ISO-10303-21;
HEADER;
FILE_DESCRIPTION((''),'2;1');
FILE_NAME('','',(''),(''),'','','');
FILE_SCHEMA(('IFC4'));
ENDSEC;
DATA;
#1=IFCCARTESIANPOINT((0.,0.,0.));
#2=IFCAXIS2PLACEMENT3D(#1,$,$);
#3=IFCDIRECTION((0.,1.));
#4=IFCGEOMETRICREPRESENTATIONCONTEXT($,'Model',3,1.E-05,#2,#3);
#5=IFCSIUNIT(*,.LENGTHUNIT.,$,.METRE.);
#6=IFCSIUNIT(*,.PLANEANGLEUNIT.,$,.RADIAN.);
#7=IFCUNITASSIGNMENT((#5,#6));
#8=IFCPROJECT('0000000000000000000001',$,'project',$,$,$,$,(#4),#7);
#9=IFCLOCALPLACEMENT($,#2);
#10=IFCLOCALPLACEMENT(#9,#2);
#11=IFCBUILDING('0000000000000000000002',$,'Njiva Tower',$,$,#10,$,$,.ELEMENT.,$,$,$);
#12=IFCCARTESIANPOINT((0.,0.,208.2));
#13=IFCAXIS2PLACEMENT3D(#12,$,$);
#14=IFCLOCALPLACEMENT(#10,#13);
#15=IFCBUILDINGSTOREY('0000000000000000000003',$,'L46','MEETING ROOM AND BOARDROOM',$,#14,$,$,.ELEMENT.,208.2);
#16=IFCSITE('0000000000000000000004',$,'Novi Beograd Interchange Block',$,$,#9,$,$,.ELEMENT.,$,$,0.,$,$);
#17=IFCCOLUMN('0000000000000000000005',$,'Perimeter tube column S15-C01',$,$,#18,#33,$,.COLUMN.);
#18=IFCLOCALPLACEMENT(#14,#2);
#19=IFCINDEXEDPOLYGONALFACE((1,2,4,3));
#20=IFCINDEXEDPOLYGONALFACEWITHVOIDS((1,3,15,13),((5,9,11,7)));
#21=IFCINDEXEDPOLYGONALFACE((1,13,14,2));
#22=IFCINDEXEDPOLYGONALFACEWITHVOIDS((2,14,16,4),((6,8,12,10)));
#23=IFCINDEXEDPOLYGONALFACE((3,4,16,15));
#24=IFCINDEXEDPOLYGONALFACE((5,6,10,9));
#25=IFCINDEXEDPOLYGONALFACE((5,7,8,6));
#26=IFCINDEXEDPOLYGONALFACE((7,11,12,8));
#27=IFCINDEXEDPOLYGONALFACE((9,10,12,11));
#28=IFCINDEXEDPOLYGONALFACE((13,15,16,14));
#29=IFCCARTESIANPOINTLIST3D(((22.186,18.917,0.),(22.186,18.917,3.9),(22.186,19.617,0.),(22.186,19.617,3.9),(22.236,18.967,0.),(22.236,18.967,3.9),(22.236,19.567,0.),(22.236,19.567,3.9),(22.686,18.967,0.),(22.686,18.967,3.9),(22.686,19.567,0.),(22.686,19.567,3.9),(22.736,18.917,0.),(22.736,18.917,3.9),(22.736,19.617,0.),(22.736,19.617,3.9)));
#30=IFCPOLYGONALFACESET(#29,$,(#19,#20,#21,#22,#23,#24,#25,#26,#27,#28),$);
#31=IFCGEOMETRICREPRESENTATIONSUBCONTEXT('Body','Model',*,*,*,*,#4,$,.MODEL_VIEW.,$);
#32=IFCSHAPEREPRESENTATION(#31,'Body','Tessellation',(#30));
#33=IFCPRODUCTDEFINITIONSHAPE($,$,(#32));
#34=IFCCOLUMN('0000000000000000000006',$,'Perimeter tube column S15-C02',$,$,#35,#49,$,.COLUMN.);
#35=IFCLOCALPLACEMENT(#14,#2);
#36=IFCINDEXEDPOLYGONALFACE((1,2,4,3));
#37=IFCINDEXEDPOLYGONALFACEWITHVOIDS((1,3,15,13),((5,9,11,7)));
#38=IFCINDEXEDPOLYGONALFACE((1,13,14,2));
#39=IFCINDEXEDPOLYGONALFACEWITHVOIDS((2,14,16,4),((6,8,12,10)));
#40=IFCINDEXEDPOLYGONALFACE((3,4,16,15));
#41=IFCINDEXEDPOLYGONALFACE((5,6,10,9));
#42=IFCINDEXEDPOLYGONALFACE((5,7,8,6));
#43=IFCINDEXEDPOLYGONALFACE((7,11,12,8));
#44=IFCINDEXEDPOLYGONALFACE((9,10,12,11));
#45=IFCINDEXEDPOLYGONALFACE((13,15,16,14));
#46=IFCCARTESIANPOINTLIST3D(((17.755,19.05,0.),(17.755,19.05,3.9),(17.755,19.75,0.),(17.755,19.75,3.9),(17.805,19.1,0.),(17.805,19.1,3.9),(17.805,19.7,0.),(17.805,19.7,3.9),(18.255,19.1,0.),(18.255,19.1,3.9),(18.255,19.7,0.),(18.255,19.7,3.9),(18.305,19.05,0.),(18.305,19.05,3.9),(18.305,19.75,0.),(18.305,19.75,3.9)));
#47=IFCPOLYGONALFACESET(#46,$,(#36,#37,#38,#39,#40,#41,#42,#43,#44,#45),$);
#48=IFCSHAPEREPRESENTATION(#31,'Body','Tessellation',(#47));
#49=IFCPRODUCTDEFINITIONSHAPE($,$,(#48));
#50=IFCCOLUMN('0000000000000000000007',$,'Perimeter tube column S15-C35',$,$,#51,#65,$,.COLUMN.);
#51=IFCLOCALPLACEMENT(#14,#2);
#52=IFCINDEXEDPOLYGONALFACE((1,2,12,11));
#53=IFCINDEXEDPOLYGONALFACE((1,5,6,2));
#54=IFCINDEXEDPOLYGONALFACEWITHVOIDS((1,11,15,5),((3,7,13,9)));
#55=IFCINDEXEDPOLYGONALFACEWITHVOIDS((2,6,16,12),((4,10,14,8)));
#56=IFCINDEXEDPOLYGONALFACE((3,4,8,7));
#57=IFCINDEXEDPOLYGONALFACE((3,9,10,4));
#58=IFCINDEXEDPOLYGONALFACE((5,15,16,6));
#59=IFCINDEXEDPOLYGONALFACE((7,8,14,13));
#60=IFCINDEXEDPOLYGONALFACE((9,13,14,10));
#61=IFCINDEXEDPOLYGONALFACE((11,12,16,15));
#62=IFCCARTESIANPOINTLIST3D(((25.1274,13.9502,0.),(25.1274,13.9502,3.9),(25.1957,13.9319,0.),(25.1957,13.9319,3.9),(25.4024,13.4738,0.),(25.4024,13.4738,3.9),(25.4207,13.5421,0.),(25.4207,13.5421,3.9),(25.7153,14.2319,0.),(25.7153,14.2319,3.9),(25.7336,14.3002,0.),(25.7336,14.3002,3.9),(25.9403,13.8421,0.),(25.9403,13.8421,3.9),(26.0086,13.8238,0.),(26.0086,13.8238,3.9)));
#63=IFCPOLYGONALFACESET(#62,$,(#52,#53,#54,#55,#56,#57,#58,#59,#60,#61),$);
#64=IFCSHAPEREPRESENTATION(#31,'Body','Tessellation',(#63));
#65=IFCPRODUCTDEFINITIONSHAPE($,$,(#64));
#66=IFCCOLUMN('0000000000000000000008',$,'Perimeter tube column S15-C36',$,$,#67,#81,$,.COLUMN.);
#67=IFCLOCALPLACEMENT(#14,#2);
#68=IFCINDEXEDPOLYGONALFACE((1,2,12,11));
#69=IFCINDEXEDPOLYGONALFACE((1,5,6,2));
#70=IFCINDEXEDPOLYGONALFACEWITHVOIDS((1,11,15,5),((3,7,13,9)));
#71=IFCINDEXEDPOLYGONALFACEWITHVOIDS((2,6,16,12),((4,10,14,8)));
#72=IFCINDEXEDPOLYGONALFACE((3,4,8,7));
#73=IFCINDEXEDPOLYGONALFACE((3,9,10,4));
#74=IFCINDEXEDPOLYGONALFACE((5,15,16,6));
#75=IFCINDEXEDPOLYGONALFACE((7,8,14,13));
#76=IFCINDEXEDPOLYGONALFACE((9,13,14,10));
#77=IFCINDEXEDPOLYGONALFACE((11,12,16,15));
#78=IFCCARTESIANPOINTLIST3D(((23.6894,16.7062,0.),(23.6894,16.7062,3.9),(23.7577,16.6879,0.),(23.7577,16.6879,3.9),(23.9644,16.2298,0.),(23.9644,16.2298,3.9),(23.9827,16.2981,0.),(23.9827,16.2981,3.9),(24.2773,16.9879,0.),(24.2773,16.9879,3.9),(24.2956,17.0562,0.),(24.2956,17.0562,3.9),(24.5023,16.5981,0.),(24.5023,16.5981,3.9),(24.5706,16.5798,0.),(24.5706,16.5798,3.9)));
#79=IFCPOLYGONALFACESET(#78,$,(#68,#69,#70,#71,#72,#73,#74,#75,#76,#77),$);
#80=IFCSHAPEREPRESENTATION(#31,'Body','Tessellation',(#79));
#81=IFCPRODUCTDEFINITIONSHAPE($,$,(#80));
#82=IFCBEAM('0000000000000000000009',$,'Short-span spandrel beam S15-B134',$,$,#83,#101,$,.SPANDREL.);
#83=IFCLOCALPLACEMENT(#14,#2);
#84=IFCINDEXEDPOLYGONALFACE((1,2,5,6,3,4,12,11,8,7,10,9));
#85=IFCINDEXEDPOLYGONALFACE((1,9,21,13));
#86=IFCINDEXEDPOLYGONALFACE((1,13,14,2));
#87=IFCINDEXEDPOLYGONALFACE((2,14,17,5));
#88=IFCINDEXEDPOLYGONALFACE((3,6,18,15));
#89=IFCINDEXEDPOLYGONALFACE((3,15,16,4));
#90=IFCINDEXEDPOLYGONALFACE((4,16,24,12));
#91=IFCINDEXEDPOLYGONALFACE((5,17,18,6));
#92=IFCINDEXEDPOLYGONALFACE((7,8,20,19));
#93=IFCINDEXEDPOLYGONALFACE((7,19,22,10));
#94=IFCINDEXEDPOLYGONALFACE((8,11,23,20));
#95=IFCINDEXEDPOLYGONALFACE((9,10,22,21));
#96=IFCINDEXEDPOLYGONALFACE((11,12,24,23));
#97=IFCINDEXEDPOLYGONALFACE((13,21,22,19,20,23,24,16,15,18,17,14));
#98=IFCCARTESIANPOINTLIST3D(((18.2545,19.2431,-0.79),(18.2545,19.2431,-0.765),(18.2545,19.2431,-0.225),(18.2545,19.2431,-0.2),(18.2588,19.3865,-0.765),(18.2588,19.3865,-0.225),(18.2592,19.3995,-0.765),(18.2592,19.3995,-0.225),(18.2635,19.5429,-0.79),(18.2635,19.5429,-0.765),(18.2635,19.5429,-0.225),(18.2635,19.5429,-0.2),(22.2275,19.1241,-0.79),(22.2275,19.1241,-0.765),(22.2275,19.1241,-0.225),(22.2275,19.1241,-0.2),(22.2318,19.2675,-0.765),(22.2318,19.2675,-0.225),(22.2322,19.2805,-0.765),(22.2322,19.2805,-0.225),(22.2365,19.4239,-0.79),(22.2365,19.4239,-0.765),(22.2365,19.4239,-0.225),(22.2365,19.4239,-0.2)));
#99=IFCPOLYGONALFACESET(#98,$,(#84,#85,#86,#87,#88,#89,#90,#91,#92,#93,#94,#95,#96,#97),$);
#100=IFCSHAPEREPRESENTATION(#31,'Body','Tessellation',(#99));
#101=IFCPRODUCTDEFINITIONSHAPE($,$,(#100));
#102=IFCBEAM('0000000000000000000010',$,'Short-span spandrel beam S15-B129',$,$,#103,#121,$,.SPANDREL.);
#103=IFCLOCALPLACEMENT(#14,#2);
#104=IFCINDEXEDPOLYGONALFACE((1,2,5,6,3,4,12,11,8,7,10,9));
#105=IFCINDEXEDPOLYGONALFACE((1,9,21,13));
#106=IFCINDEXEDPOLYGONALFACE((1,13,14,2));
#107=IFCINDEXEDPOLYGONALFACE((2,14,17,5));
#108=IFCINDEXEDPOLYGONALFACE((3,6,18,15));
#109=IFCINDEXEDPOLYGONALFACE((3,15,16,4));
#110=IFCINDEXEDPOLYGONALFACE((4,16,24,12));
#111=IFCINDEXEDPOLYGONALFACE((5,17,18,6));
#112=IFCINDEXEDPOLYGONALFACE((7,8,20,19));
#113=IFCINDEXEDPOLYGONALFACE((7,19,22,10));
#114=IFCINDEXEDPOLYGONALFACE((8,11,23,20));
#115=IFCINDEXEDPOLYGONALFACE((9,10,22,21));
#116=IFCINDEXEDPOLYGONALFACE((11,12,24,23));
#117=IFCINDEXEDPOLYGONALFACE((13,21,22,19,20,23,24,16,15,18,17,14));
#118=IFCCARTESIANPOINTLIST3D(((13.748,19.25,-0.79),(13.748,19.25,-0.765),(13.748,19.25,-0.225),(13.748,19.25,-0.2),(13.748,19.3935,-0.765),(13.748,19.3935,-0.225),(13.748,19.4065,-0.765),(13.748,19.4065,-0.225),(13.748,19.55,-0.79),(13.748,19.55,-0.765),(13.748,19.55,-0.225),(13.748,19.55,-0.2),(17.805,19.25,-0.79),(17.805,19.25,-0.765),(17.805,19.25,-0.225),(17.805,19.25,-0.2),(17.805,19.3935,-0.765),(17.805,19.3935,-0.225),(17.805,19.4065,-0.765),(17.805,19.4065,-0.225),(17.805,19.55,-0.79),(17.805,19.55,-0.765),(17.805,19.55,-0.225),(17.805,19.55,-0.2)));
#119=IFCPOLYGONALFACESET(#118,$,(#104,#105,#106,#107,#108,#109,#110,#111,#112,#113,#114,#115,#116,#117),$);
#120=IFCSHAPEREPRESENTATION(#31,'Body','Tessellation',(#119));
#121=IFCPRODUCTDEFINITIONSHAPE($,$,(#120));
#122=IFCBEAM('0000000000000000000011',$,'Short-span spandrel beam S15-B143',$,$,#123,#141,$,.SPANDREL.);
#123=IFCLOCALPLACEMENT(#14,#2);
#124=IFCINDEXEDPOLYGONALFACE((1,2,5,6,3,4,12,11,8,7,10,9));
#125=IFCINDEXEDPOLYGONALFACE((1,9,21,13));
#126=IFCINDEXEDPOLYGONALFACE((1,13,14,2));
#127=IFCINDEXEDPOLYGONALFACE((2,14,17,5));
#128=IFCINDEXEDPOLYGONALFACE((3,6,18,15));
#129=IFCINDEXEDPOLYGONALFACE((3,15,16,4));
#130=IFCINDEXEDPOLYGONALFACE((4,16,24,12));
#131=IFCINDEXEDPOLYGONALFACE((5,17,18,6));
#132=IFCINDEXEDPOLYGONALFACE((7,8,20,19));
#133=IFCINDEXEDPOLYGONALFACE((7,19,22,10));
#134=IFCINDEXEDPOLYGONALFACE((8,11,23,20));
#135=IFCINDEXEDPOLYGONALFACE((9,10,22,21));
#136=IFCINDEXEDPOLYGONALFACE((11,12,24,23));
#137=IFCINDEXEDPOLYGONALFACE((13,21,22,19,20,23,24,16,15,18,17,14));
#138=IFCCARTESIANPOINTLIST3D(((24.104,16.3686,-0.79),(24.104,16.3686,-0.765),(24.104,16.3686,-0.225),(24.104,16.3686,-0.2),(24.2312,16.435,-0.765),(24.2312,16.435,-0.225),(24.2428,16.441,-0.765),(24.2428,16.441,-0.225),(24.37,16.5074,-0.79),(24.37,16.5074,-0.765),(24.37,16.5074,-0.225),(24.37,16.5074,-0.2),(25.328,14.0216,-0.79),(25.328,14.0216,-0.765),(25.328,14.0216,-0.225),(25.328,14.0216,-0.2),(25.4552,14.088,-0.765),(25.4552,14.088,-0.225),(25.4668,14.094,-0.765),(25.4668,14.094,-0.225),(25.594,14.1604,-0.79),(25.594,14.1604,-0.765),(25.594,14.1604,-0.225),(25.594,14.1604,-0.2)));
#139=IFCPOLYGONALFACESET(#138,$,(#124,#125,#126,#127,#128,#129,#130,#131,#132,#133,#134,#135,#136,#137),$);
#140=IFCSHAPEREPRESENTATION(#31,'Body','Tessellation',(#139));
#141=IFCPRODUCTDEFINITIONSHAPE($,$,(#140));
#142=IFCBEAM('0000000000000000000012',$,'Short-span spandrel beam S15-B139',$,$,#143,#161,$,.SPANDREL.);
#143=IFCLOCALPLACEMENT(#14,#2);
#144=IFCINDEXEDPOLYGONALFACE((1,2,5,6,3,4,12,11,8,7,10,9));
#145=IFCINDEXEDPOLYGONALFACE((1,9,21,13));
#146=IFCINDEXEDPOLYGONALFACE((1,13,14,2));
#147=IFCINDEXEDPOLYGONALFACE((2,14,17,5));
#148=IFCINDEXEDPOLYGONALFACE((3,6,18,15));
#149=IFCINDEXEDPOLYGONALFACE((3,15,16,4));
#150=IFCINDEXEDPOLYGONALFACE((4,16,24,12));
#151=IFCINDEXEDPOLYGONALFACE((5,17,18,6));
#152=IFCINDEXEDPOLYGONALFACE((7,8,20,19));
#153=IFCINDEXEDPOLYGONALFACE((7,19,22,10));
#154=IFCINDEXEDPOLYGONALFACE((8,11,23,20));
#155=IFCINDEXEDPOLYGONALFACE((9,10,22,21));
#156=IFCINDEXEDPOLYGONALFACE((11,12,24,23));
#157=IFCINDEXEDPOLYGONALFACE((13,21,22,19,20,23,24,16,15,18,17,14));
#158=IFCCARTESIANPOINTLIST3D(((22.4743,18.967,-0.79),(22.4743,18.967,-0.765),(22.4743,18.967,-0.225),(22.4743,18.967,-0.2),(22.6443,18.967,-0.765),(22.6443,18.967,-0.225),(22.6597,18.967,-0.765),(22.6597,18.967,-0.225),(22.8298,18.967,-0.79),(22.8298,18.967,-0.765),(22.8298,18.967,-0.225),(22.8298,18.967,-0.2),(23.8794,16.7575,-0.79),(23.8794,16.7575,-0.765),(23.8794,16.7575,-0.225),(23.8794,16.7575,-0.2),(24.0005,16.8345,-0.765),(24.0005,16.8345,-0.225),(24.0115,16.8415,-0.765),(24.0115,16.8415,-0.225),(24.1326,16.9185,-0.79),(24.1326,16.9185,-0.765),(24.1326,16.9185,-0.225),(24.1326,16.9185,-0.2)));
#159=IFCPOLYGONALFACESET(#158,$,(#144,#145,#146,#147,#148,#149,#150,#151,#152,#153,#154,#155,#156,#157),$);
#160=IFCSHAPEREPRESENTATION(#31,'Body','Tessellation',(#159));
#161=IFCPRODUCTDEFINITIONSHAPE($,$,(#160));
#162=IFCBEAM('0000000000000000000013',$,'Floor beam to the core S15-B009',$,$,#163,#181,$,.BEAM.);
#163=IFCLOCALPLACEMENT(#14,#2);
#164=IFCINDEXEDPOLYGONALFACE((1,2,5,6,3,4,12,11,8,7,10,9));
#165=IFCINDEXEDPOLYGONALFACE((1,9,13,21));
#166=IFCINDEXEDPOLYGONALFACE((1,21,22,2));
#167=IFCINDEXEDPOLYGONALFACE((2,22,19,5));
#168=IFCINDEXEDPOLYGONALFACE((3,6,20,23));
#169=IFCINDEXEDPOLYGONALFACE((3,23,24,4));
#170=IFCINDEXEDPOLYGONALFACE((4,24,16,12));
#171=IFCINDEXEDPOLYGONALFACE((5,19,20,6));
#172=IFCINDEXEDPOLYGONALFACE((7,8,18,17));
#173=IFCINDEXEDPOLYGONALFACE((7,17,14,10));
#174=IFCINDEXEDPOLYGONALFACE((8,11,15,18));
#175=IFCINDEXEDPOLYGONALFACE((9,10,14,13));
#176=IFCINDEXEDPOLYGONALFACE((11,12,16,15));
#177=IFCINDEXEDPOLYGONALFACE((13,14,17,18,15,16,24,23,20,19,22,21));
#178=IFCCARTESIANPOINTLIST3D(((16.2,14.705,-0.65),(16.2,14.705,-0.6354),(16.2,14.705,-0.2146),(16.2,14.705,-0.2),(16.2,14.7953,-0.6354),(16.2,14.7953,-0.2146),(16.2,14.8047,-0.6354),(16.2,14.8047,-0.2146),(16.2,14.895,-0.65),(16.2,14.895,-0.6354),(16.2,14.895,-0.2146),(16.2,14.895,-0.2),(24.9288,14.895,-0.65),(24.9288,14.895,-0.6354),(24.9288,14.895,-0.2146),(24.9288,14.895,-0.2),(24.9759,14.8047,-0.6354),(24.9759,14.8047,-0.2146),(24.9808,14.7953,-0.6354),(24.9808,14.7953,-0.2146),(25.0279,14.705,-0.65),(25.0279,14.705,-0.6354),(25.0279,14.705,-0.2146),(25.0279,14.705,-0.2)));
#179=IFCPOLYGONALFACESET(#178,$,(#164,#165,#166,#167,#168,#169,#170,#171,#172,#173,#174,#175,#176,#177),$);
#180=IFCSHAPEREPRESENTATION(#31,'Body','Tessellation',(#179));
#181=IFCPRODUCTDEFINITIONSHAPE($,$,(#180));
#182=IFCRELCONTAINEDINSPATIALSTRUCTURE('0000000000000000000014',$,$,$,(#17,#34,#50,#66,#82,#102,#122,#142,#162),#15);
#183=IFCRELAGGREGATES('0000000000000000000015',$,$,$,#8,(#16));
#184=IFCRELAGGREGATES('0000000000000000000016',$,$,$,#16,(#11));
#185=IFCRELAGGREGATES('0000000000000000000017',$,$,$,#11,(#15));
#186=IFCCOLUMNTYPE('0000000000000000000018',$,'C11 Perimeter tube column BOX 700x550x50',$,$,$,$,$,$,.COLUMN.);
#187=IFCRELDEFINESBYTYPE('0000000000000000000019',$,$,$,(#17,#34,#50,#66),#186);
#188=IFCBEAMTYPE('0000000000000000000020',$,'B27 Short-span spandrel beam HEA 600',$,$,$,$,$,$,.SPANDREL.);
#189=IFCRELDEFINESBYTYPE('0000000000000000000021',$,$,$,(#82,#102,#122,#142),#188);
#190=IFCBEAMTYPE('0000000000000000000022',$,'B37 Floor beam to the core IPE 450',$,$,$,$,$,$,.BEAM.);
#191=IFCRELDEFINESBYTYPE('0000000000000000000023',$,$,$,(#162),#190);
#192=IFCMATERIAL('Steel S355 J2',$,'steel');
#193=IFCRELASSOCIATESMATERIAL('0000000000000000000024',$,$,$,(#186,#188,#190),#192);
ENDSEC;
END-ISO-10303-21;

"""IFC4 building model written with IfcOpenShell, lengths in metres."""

from ifc_helpers import new_model, si_unit, direction, frame, origin, origin_2d, place, context, subcontext, project, spatial, hollow_rectangle, i_section, extrude, clip, halfspace, material, material_profile, profile_set, type_object, element, save


model = new_model("IFC4")

# Units and contexts
model_context = context("Model", 3, precision=1e-05, world=origin(), true_north=direction((0.0, 1.0)))
body_context = subcontext(model_context, "Body", "Model", "MODEL_VIEW")
ifc_project = project(units=[si_unit("LENGTHUNIT", "METRE"), si_unit("PLANEANGLEUNIT", "RADIAN")], contexts=[model_context])

# Site, building, storey
site_placement = place(None, origin())
site = spatial("IfcSite", under=ifc_project, at=site_placement, Name="Novi Beograd Interchange Block", CompositionType="ELEMENT", RefElevation=0.0)
building_placement = place(site_placement, origin())
building = spatial("IfcBuilding", under=site, at=building_placement, Name="Njiva Tower", CompositionType="ELEMENT")
storey_placement = place(building_placement, frame((0.0, 0.0, 208.2)))
storey = spatial("IfcBuildingStorey", under=building, at=storey_placement, Name="L46", Description="MEETING ROOM AND BOARDROOM", CompositionType="ELEMENT", Elevation=208.2)

# Columns
ifc_material_1 = material(Name="Steel S355 J2", Category="steel")
ifc_material_profile_1 = material_profile(ifc_material_1, hollow_rectangle(XDim=0.55, YDim=0.7, WallThickness=0.05, at=origin_2d()), Name="BOX 700x550x50")
ifc_profile_set_1 = profile_set([ifc_material_profile_1], Name="Steel S355 J2")
column_type = type_object("IfcColumnType", Name="C11 Perimeter tube column BOX 700x550x50", PredefinedType="COLUMN", material=ifc_profile_set_1)
for number, where, z_axis, x_axis, name in (
    (1, (22.461, 19.267, 0.0), (0.0, 0.0, 1.0), (-1.0, 0.0, 0.0), "Perimeter tube column S15-C01"),
    (2, (18.03, 19.4, 0.0), (0.0, 0.0, 1.0), (-1.0, 0.0, 0.0), "Perimeter tube column S15-C02"),
    (3, (25.568, 13.887, 0.0), (0.0, 0.0, 1.0), (-0.5, 0.866025, 0.0), "Perimeter tube column S15-C35"),
    (4, (24.13, 16.643, 0.0), (0.0, 0.0, 1.0), (-0.5, 0.866025, 0.0), "Perimeter tube column S15-C36"),
):
    element("IfcColumn", number, at=place(storey_placement, frame(where, z_axis=z_axis, x_axis=x_axis)), inside=storey, type_object=column_type, Name=name, PredefinedType="COLUMN", context=body_context, shape_type="SweptSolid", body=[
        extrude(hollow_rectangle(XDim=0.55, YDim=0.7, WallThickness=0.05, at=origin_2d()), origin(), (0.0, 0.0, 1.0), 3.9),
    ])

# Beams
ifc_material_profile_2 = material_profile(ifc_material_1, i_section(OverallWidth=0.3, OverallDepth=0.59, WebThickness=0.013, FlangeThickness=0.025, at=origin_2d()), Name="HEA 600")
ifc_profile_set_2 = profile_set([ifc_material_profile_2], Name="Steel S355 J2")
beam_type_1 = type_object("IfcBeamType", Name="B27 Short-span spandrel beam HEA 600", PredefinedType="SPANDREL", material=ifc_profile_set_2)
beam_1_placement = place(storey_placement, frame((22.232, 19.274, -0.495), z_axis=(-0.999552, 0.029939, 0.0), x_axis=(-0.029939, -0.999552, 0.0)))
element("IfcBeam", 5, at=beam_1_placement, inside=storey, type_object=beam_type_1, Name="Short-span spandrel beam S15-B134", PredefinedType="SPANDREL", context=body_context, shape_type="SweptSolid", body=[
    extrude(i_section(OverallWidth=0.3, OverallDepth=0.59, WebThickness=0.013, FlangeThickness=0.025, at=origin_2d()), origin(), (0.0, 0.0, 1.0), 3.9748),
])
beam_2_placement = place(storey_placement, frame((17.805, 19.4, -0.495), z_axis=(-1.0, 0.0, 0.0), x_axis=(0.0, -1.0, 0.0)))
element("IfcBeam", 6, at=beam_2_placement, inside=storey, type_object=beam_type_1, Name="Short-span spandrel beam S15-B129", PredefinedType="SPANDREL", context=body_context, shape_type="SweptSolid", body=[
    extrude(i_section(OverallWidth=0.3, OverallDepth=0.59, WebThickness=0.013, FlangeThickness=0.025, at=origin_2d()), origin(), (0.0, 0.0, 1.0), 4.057),
])
beam_3_placement = place(storey_placement, frame((25.461, 14.091, -0.495), z_axis=(-0.462411, 0.886666, 0.0), x_axis=(-0.886666, -0.462411, 0.0)))
element("IfcBeam", 7, at=beam_3_placement, inside=storey, type_object=beam_type_1, Name="Short-span spandrel beam S15-B143", PredefinedType="SPANDREL", context=body_context, shape_type="SweptSolid", body=[
    extrude(i_section(OverallWidth=0.3, OverallDepth=0.59, WebThickness=0.013, FlangeThickness=0.025, at=origin_2d()), origin(), (0.0, 0.0, 1.0), 2.647),
])
beam_4_placement = place(storey_placement, frame((24.006, 16.838, -0.495), z_axis=(-0.536645, 0.843808, 0.0), x_axis=(-0.843808, -0.536645, 0.0)))
element("IfcBeam", 8, at=beam_4_placement, inside=storey, type_object=beam_type_1, Name="Short-span spandrel beam S15-B139", PredefinedType="SPANDREL", context=body_context, shape_type="Clipping", body=[
    clip(extrude(i_section(OverallWidth=0.3, OverallDepth=0.59, WebThickness=0.013, FlangeThickness=0.025, at=origin_2d()), origin(), (0.0, 0.0, 1.0), 2.6381), halfspace(frame((-0.0268, 0.0, 2.506), z_axis=(-0.536645, 0.0, 0.843808), x_axis=(0.0, 1.0, 0.0)), False)),
])
ifc_material_profile_3 = material_profile(ifc_material_1, i_section(OverallWidth=0.19, OverallDepth=0.45, WebThickness=0.0094, FlangeThickness=0.0146, at=origin_2d()), Name="IPE 450")
ifc_profile_set_3 = profile_set([ifc_material_profile_3], Name="Steel S355 J2")
beam_type_2 = type_object("IfcBeamType", Name="B37 Floor beam to the core IPE 450", PredefinedType="BEAM", material=ifc_profile_set_3)
beam_5_placement = place(storey_placement, frame((16.2, 14.8, -0.425), z_axis=(1.0, 0.0, 0.0), x_axis=(0.0, 1.0, 0.0)))
element("IfcBeam", 9, at=beam_5_placement, inside=storey, type_object=beam_type_2, Name="Floor beam to the core S15-B009", PredefinedType="BEAM", context=body_context, shape_type="Clipping", body=[
    clip(extrude(i_section(OverallWidth=0.19, OverallDepth=0.45, WebThickness=0.0094, FlangeThickness=0.0146, at=origin_2d()), origin(), (0.0, 0.0, 1.0), 8.848), halfspace(frame((0.0231, 0.0, 8.7663), z_axis=(0.46246, 0.0, 0.88664), x_axis=(0.0, 1.0, 0.0)), False)),
])

save(model, "model.ifc")
